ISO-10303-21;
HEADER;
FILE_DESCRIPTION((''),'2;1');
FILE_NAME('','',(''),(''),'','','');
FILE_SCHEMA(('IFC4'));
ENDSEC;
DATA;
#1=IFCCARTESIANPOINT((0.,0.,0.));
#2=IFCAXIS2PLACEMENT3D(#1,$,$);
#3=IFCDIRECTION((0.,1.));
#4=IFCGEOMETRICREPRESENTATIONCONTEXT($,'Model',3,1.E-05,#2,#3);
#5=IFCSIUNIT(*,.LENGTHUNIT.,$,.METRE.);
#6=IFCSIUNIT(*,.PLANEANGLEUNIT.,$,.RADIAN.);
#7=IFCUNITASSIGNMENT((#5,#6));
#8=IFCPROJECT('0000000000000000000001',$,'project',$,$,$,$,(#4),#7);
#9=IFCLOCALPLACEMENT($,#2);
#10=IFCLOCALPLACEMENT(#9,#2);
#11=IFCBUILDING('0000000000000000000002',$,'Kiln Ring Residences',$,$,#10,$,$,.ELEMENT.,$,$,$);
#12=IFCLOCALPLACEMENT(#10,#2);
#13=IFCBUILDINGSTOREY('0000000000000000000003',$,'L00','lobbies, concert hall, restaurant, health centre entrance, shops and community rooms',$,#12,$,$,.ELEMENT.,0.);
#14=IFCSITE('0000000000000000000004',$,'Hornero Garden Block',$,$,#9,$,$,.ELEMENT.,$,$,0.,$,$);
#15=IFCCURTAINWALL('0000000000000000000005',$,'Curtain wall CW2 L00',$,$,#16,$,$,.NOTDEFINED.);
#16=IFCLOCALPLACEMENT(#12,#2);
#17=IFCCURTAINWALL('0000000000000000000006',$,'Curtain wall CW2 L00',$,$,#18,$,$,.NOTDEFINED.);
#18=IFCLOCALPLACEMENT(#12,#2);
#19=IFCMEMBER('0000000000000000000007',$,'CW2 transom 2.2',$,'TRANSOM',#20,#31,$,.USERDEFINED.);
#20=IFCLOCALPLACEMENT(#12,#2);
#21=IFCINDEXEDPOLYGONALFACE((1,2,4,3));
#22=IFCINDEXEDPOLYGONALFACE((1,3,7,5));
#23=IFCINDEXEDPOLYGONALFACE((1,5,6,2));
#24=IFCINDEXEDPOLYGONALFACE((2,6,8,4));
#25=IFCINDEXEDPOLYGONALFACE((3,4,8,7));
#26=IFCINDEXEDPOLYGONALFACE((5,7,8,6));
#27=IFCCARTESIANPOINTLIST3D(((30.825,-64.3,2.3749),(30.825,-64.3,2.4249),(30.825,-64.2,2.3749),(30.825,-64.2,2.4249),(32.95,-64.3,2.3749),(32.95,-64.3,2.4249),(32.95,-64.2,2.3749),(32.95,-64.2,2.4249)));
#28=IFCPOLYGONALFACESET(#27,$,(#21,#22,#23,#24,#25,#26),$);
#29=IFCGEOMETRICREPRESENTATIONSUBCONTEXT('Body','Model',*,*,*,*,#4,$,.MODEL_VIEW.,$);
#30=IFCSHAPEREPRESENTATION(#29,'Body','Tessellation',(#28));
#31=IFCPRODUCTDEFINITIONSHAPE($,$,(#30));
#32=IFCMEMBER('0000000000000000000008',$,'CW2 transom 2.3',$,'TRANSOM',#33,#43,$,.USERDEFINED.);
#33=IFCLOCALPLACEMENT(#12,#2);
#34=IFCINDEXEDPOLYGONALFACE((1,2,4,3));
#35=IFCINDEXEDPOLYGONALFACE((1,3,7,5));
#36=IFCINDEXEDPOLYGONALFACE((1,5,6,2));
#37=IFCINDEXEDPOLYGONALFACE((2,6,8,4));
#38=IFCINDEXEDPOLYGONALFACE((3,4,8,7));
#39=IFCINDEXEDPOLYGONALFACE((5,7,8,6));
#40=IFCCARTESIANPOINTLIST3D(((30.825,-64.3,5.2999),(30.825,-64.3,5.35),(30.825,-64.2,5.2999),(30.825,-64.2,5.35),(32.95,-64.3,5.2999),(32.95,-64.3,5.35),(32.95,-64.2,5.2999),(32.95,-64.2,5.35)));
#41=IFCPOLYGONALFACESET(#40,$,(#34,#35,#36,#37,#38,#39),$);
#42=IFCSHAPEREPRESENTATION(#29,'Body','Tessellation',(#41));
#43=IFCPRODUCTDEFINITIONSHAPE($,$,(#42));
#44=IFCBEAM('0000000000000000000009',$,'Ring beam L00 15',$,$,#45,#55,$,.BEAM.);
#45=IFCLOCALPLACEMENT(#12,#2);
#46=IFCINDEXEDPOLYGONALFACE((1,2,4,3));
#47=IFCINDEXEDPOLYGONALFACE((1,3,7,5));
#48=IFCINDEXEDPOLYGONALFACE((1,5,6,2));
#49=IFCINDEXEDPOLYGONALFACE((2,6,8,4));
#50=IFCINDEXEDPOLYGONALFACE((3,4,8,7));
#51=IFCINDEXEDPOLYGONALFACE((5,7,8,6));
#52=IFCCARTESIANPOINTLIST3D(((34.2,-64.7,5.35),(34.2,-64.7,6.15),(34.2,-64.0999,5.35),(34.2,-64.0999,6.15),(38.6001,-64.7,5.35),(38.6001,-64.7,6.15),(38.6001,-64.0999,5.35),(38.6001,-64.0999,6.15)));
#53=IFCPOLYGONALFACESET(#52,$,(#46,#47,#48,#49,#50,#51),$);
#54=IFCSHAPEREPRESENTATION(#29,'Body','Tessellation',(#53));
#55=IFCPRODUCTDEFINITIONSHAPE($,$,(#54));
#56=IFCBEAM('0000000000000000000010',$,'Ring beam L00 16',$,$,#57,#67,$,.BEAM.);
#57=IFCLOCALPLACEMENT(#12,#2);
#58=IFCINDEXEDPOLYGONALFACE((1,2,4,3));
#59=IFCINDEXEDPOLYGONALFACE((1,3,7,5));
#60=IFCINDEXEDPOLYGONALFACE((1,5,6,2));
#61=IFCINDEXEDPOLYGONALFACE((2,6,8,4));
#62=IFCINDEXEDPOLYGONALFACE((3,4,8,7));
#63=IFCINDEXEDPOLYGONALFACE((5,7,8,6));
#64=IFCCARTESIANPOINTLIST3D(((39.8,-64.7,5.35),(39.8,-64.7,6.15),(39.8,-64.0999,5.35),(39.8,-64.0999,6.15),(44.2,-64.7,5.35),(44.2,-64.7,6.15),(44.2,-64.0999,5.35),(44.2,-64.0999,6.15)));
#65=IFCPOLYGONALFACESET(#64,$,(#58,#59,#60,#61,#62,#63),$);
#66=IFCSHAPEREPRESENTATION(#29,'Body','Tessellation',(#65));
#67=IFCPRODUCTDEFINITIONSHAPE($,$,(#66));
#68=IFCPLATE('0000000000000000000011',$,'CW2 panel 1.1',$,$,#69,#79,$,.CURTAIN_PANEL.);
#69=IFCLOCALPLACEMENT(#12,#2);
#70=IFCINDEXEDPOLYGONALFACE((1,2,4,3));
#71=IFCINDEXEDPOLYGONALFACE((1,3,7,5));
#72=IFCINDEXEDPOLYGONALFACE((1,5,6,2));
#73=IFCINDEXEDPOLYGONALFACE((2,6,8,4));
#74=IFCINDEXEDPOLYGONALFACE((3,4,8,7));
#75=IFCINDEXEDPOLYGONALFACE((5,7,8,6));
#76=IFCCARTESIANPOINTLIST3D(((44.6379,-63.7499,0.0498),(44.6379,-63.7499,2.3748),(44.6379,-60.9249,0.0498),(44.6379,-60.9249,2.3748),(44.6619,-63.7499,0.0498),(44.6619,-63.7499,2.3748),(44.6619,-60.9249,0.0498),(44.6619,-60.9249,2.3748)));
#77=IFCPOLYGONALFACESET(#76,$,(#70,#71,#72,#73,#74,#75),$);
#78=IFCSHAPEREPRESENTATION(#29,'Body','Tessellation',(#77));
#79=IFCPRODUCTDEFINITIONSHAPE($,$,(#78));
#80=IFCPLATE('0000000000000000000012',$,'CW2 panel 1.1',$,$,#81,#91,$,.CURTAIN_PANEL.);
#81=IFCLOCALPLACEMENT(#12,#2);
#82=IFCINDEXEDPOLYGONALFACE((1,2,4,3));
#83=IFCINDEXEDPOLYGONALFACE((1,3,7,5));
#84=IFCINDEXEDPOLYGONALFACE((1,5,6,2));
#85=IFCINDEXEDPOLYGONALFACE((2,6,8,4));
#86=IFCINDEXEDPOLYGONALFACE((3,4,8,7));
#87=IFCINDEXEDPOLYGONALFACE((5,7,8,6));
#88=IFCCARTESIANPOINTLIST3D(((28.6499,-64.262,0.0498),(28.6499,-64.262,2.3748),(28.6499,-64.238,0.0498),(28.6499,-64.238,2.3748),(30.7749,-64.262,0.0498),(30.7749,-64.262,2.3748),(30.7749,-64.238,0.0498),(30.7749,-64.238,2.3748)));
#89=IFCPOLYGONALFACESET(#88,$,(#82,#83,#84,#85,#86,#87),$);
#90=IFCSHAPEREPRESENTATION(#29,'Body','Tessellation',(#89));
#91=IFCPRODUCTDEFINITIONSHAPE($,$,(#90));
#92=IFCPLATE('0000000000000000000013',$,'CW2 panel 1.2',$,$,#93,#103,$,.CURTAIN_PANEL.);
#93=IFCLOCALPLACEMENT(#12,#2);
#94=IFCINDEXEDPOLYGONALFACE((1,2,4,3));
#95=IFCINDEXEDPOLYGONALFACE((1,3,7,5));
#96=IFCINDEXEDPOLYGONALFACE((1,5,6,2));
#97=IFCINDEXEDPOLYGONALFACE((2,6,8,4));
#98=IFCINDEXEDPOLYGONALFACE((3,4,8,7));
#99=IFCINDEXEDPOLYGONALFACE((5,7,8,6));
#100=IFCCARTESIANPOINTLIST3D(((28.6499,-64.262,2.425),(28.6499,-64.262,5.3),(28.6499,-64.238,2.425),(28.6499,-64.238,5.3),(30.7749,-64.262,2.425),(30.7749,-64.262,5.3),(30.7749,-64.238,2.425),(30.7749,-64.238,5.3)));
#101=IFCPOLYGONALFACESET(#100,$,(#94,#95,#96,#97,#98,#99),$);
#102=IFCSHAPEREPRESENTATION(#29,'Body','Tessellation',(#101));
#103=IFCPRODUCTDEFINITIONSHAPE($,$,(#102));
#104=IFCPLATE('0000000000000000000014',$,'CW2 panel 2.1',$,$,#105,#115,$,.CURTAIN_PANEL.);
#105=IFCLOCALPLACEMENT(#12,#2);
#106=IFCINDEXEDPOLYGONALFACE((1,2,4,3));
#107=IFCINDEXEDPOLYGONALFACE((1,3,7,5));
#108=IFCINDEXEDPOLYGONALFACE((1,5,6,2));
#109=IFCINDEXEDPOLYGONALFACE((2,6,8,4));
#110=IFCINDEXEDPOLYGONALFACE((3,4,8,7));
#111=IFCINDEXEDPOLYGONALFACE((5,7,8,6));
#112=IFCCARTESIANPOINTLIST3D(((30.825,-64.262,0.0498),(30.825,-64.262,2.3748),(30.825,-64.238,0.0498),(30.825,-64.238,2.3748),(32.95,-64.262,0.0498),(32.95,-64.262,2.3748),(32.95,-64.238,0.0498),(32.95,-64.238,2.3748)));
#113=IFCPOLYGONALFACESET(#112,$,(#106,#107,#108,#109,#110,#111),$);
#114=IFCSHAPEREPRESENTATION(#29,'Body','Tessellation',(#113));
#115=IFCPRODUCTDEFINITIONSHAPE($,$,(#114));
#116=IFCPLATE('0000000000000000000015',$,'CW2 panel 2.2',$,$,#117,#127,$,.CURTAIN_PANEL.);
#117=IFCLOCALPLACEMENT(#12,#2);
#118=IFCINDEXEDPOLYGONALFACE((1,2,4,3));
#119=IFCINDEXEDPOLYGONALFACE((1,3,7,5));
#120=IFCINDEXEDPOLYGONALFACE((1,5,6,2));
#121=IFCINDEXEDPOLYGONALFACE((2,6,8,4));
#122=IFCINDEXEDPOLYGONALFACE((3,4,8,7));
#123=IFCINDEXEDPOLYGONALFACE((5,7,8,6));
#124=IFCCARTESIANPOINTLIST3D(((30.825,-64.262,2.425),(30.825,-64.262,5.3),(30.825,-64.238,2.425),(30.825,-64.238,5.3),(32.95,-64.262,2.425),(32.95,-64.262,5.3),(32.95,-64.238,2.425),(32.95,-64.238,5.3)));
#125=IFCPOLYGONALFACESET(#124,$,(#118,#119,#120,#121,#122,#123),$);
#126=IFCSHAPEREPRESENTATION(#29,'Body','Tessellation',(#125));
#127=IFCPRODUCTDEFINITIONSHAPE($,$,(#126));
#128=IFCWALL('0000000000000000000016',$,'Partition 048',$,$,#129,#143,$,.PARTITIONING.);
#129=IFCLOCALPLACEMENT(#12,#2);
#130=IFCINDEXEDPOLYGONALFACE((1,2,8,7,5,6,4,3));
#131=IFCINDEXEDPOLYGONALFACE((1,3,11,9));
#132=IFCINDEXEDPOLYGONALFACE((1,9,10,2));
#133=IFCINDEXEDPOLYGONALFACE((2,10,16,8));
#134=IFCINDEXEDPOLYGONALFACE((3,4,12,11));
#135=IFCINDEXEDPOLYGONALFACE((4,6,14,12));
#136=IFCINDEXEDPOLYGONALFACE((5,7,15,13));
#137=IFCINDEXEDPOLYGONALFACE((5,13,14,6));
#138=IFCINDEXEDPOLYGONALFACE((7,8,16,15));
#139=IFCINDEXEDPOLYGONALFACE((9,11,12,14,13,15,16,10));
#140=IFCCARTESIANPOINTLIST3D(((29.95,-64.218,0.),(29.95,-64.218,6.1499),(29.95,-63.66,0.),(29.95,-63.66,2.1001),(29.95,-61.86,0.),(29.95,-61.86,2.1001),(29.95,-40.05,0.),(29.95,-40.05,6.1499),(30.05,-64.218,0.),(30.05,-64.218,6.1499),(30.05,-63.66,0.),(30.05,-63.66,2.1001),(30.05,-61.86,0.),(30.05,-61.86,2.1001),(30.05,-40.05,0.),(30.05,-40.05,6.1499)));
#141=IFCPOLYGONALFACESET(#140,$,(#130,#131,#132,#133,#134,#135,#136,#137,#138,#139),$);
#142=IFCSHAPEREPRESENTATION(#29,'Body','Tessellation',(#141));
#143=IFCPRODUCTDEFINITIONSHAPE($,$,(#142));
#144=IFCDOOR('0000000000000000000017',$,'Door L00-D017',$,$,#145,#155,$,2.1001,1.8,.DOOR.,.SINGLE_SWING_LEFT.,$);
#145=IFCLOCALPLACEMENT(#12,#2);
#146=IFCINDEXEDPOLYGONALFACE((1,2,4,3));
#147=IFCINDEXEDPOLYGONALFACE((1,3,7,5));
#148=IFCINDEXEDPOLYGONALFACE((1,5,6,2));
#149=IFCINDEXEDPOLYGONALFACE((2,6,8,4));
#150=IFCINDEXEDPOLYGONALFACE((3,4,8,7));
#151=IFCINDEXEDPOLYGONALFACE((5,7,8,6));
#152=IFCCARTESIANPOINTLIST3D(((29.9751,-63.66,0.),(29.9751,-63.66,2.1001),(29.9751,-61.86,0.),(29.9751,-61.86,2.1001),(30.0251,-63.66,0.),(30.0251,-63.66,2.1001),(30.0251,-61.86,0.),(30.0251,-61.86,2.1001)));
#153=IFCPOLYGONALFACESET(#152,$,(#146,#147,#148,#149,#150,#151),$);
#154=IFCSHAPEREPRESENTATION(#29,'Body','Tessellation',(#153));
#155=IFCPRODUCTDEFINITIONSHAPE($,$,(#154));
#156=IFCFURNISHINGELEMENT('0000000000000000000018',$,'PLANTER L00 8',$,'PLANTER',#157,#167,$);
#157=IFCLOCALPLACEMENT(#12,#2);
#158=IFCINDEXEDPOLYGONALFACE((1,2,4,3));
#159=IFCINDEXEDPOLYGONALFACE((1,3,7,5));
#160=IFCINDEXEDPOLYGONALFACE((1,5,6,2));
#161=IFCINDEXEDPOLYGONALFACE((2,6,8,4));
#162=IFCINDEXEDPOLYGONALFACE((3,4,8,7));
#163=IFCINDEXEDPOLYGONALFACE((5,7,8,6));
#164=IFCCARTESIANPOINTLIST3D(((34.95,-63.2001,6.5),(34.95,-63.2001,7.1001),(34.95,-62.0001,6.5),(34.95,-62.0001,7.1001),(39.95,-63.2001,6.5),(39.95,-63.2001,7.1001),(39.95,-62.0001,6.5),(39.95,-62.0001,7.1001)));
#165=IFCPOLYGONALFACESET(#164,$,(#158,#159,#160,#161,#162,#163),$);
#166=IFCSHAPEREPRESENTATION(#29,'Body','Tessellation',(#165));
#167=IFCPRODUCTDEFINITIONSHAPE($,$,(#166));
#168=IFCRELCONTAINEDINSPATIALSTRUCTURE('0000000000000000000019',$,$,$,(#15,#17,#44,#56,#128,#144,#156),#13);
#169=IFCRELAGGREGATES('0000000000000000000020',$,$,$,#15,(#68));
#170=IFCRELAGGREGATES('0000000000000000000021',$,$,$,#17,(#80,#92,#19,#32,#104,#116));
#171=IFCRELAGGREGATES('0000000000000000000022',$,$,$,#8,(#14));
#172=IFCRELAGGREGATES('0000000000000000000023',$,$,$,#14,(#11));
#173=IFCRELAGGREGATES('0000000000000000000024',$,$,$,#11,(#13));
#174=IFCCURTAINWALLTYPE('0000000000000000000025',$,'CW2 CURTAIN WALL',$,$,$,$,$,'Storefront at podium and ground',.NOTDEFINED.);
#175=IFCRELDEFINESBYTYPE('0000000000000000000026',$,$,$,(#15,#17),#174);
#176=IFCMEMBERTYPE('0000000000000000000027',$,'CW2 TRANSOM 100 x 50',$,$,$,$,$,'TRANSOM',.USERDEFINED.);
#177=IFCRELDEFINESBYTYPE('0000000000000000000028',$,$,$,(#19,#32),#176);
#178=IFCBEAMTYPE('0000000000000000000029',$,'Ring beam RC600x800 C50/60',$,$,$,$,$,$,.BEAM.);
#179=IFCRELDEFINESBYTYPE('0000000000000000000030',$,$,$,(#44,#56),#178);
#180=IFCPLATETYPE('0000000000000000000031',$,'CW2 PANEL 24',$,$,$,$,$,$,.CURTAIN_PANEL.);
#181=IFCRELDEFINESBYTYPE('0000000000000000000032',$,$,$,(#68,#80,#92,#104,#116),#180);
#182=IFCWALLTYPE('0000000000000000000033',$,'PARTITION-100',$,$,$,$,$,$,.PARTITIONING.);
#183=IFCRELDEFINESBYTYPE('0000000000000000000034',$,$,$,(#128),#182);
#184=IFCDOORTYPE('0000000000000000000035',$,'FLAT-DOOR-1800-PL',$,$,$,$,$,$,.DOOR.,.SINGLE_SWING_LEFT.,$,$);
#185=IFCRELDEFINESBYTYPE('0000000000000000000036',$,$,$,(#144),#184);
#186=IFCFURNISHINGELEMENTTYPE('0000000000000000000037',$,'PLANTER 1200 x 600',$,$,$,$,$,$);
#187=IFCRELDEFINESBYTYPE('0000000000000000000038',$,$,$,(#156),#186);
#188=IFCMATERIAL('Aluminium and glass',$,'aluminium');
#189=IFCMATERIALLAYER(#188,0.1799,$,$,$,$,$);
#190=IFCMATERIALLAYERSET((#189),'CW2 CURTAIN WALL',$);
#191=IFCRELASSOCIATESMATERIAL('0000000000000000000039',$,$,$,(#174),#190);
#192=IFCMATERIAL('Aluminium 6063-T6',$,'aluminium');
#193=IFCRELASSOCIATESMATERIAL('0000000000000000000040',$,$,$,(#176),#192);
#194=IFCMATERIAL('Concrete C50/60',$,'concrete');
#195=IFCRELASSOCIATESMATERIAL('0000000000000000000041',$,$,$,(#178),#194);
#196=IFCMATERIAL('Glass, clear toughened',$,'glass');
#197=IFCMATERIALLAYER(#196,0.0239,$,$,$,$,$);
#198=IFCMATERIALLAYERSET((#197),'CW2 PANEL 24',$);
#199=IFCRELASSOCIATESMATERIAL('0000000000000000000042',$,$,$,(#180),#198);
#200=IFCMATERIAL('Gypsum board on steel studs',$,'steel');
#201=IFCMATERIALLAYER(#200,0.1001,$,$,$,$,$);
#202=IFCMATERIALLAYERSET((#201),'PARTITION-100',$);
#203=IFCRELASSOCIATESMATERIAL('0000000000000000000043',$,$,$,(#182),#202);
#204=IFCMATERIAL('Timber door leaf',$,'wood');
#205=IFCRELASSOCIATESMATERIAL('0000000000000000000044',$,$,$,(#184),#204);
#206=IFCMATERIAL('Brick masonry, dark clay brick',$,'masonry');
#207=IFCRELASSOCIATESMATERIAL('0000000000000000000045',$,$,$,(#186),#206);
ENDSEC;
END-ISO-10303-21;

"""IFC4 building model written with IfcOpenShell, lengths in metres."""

from ifc_helpers import new_model, si_unit, direction, frame, frame_2d, origin, origin_2d, place, context, subcontext, project, spatial, rectangle, extrude, material, layer, layer_set, material_profile, profile_set, type_object, element, fill, aggregate, save


model = new_model("IFC4")

# Units and contexts
model_context = context("Model", 3, precision=1e-05, world=origin(), true_north=direction((0.0, 1.0)))
body_context = subcontext(model_context, "Body", "Model", "MODEL_VIEW")
ifc_project = project(units=[si_unit("LENGTHUNIT", "METRE"), si_unit("PLANEANGLEUNIT", "RADIAN")], contexts=[model_context])

# Site, building, storey
site_placement = place(None, origin())
site = spatial("IfcSite", under=ifc_project, at=site_placement, Name="Hornero Garden Block", CompositionType="ELEMENT", RefElevation=0.0)
building_placement = place(site_placement, origin())
building = spatial("IfcBuilding", under=site, at=building_placement, Name="Kiln Ring Residences", CompositionType="ELEMENT")
storey_placement = place(building_placement, origin())
storey = spatial("IfcBuildingStorey", under=building, at=storey_placement, Name="L00", Description="lobbies, concert hall, restaurant, health centre entrance, shops and community rooms", CompositionType="ELEMENT", Elevation=0.0)

# Curtain wall
ifc_material_1 = material(Name="Aluminium and glass", Category="aluminium")
ifc_layer_1 = layer(ifc_material_1, 0.1799)
ifc_layer_set_1 = layer_set([ifc_layer_1], Name="CW2 CURTAIN WALL")
curtain_wall_type = type_object("IfcCurtainWallType", Name="CW2 CURTAIN WALL", ElementType="Storefront at podium and ground", PredefinedType="NOTDEFINED", material=ifc_layer_set_1)
placement = place(storey_placement, origin())
curtain_wall_1 = element("IfcCurtainWall", 1, at=placement, inside=storey, type_object=curtain_wall_type, Name="Curtain wall CW2 L00", PredefinedType="NOTDEFINED")

# Curtain wall
curtain_wall_2 = element("IfcCurtainWall", 2, at=placement, inside=storey, type_object=curtain_wall_type, Name="Curtain wall CW2 L00", PredefinedType="NOTDEFINED")

# Members
ifc_material_2 = material(Name="Aluminium 6063-T6", Category="aluminium")
ifc_material_profile_1 = material_profile(ifc_material_2, rectangle(XDim=0.1001, YDim=0.05, at=origin_2d()), Name="AL 100x50")
ifc_profile_set_1 = profile_set([ifc_material_profile_1], Name="Aluminium 6063-T6")
member_type_1 = type_object("IfcMemberType", Name="CW2 TRANSOM 100 x 50", ElementType="TRANSOM", PredefinedType="USERDEFINED", material=ifc_profile_set_1)
member_1_placement = place(storey_placement, frame((30.825, -64.25, 2.3999), z_axis=(1.0, 0.0, 0.0), x_axis=(0.0, 1.0, 0.0)))
member_1 = element("IfcMember", 3, at=member_1_placement, type_object=member_type_1, Name="CW2 transom 2.2", ObjectType="TRANSOM", PredefinedType="USERDEFINED", context=body_context, shape_type="SweptSolid", body=[
    extrude(rectangle(XDim=0.1001, YDim=0.05, at=origin_2d()), origin(), (0.0, 0.0, 1.0), 2.125),
])
member_2_placement = place(storey_placement, frame((30.825, -64.25, 5.325), z_axis=(1.0, 0.0, 0.0), x_axis=(0.0, 1.0, 0.0)))
member_2 = element("IfcMember", 4, at=member_2_placement, type_object=member_type_1, Name="CW2 transom 2.3", ObjectType="TRANSOM", PredefinedType="USERDEFINED", context=body_context, shape_type="SweptSolid", body=[
    extrude(rectangle(XDim=0.1001, YDim=0.05, at=origin_2d()), origin(), (0.0, 0.0, 1.0), 2.125),
])

# Beams
ifc_material_3 = material(Name="Concrete C50/60", Category="concrete")
ifc_material_profile_2 = material_profile(ifc_material_3, rectangle(XDim=0.6001, YDim=0.8, at=origin_2d()), Name="RC600x800")
ifc_profile_set_2 = profile_set([ifc_material_profile_2], Name="Concrete C50/60")
beam_type = type_object("IfcBeamType", Name="Ring beam RC600x800 C50/60", PredefinedType="BEAM", material=ifc_profile_set_2)
beam_1_placement = place(storey_placement, frame((34.2, -64.3999, 5.75), z_axis=(1.0, 0.0, 0.0), x_axis=(0.0, 1.0, 0.0)))
element("IfcBeam", 5, at=beam_1_placement, inside=storey, type_object=beam_type, Name="Ring beam L00 15", PredefinedType="BEAM", context=body_context, shape_type="SweptSolid", body=[
    extrude(rectangle(XDim=0.6001, YDim=0.8, at=origin_2d()), origin(), (0.0, 0.0, 1.0), 4.4001),
])
beam_2_placement = place(storey_placement, frame((39.8, -64.3999, 5.75), z_axis=(1.0, 0.0, 0.0), x_axis=(0.0, 1.0, 0.0)))
element("IfcBeam", 6, at=beam_2_placement, inside=storey, type_object=beam_type, Name="Ring beam L00 16", PredefinedType="BEAM", context=body_context, shape_type="SweptSolid", body=[
    extrude(rectangle(XDim=0.6001, YDim=0.8, at=origin_2d()), origin(), (0.0, 0.0, 1.0), 4.3999),
])

# Plates
ifc_material_4 = material(Name="Glass, clear toughened", Category="glass")
ifc_layer_2 = layer(ifc_material_4, 0.0239)
ifc_layer_set_2 = layer_set([ifc_layer_2], Name="CW2 PANEL 24")
plate_type = type_object("IfcPlateType", Name="CW2 PANEL 24", PredefinedType="CURTAIN_PANEL", material=ifc_layer_set_2)
plate_1_placement = place(storey_placement, frame((44.6499, -62.3374, 0.0498), z_axis=(0.0, 0.0, 1.0), x_axis=(0.0, 1.0, 0.0)))
plate_1 = element("IfcPlate", 7, at=plate_1_placement, type_object=plate_type, Name="CW2 panel 1.1", PredefinedType="CURTAIN_PANEL", context=body_context, shape_type="SweptSolid", body=[
    extrude(rectangle(XDim=2.825, YDim=0.0239, at=origin_2d()), origin(), (0.0, 0.0, 1.0), 2.325),
])
aggregate(curtain_wall_1, [plate_1])
plate_2_placement = place(storey_placement, frame((29.7124, -64.25, 0.0498), z_axis=(0.0, 0.0, 1.0), x_axis=(1.0, 0.0, 0.0)))
plate_2 = element("IfcPlate", 8, at=plate_2_placement, type_object=plate_type, Name="CW2 panel 1.1", PredefinedType="CURTAIN_PANEL", context=body_context, shape_type="SweptSolid", body=[
    extrude(rectangle(XDim=2.125, YDim=0.0239, at=origin_2d()), origin(), (0.0, 0.0, 1.0), 2.325),
])
plate_3_placement = place(storey_placement, frame((29.7124, -64.25, 2.425), z_axis=(0.0, 0.0, 1.0), x_axis=(1.0, 0.0, 0.0)))
plate_3 = element("IfcPlate", 9, at=plate_3_placement, type_object=plate_type, Name="CW2 panel 1.2", PredefinedType="CURTAIN_PANEL", context=body_context, shape_type="SweptSolid", body=[
    extrude(rectangle(XDim=2.125, YDim=0.0239, at=origin_2d()), origin(), (0.0, 0.0, 1.0), 2.875),
])
plate_4_placement = place(storey_placement, frame((31.8875, -64.25, 0.0498), z_axis=(0.0, 0.0, 1.0), x_axis=(1.0, 0.0, 0.0)))
plate_4 = element("IfcPlate", 10, at=plate_4_placement, type_object=plate_type, Name="CW2 panel 2.1", PredefinedType="CURTAIN_PANEL", context=body_context, shape_type="SweptSolid", body=[
    extrude(rectangle(XDim=2.125, YDim=0.0239, at=origin_2d()), origin(), (0.0, 0.0, 1.0), 2.325),
])
plate_5_placement = place(storey_placement, frame((31.8875, -64.25, 2.425), z_axis=(0.0, 0.0, 1.0), x_axis=(1.0, 0.0, 0.0)))
plate_5 = element("IfcPlate", 11, at=plate_5_placement, type_object=plate_type, Name="CW2 panel 2.2", PredefinedType="CURTAIN_PANEL", context=body_context, shape_type="SweptSolid", body=[
    extrude(rectangle(XDim=2.125, YDim=0.0239, at=origin_2d()), origin(), (0.0, 0.0, 1.0), 2.875),
])
aggregate(curtain_wall_2, [plate_2, plate_3, member_1, member_2, plate_4, plate_5])

# Wall, opening, door
ifc_material_5 = material(Name="Gypsum board on steel studs", Category="steel")
ifc_layer_3 = layer(ifc_material_5, 0.1001)
ifc_layer_set_3 = layer_set([ifc_layer_3], Name="PARTITION-100")
wall_type_1 = type_object("IfcWallType", Name="PARTITION-100", PredefinedType="PARTITIONING", material=ifc_layer_set_3)
wall_1_placement = place(storey_placement, frame((30.0, -64.218, 0.0), z_axis=(0.0, 0.0, 1.0), x_axis=(0.0, 1.0, 0.0)))
wall_1 = element("IfcWall", 12, at=wall_1_placement, inside=storey, type_object=wall_type_1, Name="Partition 048", PredefinedType="PARTITIONING", context=body_context, shape_type="SweptSolid", body=[
    extrude(rectangle(XDim=24.168, YDim=0.1001, at=frame_2d((12.084, 0.0))), origin(), (0.0, 0.0, 1.0), 6.1499),
])
opening_1_placement = place(wall_1_placement, frame((0.5581, 0.0, 0.0)))
opening_1 = element("IfcOpeningElement", 13, at=opening_1_placement, cuts=wall_1, PredefinedType="OPENING", context=body_context, shape_type="SweptSolid", body=[
    extrude(rectangle(XDim=1.8, YDim=2.1001, at=frame_2d((0.8999, 1.05))), frame((0.0, 0.0601, 0.0), z_axis=(0.0, -1.0, 0.0), x_axis=(1.0, 0.0, 0.0)), (0.0, 0.0, 1.0), 0.1201),
])
ifc_material_6 = material(Name="Timber door leaf", Category="wood")
door_type_1 = type_object("IfcDoorType", Name="FLAT-DOOR-1800-PL", OperationType="SINGLE_SWING_LEFT", PredefinedType="DOOR", material=ifc_material_6)
door_1_placement = place(opening_1_placement, origin())
door_1 = element("IfcDoor", 14, at=door_1_placement, inside=storey, type_object=door_type_1, Name="Door L00-D017", OperationType="SINGLE_SWING_LEFT", OverallHeight=2.1001, OverallWidth=1.8, PredefinedType="DOOR", context=body_context, shape_type="SweptSolid", body=[
    extrude(rectangle(XDim=1.8, YDim=2.1001, at=frame_2d((0.8999, 1.05))), frame((0.0, 0.0249, 0.0), z_axis=(0.0, -1.0, 0.0), x_axis=(1.0, 0.0, 0.0)), (0.0, 0.0, 1.0), 0.05),
])
fill(opening_1, door_1)

# Furnishing element
ifc_material_7 = material(Name="Brick masonry, dark clay brick", Category="masonry")
furnishing_element_type = type_object("IfcFurnishingElementType", Name="PLANTER 1200 x 600", material=ifc_material_7)
furnishing_placement = place(storey_placement, frame((37.45, -62.6001, 6.5), z_axis=(0.0, 0.0, 1.0), x_axis=(1.0, 0.0, 0.0)))
element("IfcFurnishingElement", 15, at=furnishing_placement, inside=storey, type_object=furnishing_element_type, Name="PLANTER L00 8", ObjectType="PLANTER", context=body_context, shape_type="SweptSolid", body=[
    extrude(rectangle(XDim=5.0, YDim=1.2, at=origin_2d()), origin(), (0.0, 0.0, 1.0), 0.6001),
])

save(model, "model.ifc")
